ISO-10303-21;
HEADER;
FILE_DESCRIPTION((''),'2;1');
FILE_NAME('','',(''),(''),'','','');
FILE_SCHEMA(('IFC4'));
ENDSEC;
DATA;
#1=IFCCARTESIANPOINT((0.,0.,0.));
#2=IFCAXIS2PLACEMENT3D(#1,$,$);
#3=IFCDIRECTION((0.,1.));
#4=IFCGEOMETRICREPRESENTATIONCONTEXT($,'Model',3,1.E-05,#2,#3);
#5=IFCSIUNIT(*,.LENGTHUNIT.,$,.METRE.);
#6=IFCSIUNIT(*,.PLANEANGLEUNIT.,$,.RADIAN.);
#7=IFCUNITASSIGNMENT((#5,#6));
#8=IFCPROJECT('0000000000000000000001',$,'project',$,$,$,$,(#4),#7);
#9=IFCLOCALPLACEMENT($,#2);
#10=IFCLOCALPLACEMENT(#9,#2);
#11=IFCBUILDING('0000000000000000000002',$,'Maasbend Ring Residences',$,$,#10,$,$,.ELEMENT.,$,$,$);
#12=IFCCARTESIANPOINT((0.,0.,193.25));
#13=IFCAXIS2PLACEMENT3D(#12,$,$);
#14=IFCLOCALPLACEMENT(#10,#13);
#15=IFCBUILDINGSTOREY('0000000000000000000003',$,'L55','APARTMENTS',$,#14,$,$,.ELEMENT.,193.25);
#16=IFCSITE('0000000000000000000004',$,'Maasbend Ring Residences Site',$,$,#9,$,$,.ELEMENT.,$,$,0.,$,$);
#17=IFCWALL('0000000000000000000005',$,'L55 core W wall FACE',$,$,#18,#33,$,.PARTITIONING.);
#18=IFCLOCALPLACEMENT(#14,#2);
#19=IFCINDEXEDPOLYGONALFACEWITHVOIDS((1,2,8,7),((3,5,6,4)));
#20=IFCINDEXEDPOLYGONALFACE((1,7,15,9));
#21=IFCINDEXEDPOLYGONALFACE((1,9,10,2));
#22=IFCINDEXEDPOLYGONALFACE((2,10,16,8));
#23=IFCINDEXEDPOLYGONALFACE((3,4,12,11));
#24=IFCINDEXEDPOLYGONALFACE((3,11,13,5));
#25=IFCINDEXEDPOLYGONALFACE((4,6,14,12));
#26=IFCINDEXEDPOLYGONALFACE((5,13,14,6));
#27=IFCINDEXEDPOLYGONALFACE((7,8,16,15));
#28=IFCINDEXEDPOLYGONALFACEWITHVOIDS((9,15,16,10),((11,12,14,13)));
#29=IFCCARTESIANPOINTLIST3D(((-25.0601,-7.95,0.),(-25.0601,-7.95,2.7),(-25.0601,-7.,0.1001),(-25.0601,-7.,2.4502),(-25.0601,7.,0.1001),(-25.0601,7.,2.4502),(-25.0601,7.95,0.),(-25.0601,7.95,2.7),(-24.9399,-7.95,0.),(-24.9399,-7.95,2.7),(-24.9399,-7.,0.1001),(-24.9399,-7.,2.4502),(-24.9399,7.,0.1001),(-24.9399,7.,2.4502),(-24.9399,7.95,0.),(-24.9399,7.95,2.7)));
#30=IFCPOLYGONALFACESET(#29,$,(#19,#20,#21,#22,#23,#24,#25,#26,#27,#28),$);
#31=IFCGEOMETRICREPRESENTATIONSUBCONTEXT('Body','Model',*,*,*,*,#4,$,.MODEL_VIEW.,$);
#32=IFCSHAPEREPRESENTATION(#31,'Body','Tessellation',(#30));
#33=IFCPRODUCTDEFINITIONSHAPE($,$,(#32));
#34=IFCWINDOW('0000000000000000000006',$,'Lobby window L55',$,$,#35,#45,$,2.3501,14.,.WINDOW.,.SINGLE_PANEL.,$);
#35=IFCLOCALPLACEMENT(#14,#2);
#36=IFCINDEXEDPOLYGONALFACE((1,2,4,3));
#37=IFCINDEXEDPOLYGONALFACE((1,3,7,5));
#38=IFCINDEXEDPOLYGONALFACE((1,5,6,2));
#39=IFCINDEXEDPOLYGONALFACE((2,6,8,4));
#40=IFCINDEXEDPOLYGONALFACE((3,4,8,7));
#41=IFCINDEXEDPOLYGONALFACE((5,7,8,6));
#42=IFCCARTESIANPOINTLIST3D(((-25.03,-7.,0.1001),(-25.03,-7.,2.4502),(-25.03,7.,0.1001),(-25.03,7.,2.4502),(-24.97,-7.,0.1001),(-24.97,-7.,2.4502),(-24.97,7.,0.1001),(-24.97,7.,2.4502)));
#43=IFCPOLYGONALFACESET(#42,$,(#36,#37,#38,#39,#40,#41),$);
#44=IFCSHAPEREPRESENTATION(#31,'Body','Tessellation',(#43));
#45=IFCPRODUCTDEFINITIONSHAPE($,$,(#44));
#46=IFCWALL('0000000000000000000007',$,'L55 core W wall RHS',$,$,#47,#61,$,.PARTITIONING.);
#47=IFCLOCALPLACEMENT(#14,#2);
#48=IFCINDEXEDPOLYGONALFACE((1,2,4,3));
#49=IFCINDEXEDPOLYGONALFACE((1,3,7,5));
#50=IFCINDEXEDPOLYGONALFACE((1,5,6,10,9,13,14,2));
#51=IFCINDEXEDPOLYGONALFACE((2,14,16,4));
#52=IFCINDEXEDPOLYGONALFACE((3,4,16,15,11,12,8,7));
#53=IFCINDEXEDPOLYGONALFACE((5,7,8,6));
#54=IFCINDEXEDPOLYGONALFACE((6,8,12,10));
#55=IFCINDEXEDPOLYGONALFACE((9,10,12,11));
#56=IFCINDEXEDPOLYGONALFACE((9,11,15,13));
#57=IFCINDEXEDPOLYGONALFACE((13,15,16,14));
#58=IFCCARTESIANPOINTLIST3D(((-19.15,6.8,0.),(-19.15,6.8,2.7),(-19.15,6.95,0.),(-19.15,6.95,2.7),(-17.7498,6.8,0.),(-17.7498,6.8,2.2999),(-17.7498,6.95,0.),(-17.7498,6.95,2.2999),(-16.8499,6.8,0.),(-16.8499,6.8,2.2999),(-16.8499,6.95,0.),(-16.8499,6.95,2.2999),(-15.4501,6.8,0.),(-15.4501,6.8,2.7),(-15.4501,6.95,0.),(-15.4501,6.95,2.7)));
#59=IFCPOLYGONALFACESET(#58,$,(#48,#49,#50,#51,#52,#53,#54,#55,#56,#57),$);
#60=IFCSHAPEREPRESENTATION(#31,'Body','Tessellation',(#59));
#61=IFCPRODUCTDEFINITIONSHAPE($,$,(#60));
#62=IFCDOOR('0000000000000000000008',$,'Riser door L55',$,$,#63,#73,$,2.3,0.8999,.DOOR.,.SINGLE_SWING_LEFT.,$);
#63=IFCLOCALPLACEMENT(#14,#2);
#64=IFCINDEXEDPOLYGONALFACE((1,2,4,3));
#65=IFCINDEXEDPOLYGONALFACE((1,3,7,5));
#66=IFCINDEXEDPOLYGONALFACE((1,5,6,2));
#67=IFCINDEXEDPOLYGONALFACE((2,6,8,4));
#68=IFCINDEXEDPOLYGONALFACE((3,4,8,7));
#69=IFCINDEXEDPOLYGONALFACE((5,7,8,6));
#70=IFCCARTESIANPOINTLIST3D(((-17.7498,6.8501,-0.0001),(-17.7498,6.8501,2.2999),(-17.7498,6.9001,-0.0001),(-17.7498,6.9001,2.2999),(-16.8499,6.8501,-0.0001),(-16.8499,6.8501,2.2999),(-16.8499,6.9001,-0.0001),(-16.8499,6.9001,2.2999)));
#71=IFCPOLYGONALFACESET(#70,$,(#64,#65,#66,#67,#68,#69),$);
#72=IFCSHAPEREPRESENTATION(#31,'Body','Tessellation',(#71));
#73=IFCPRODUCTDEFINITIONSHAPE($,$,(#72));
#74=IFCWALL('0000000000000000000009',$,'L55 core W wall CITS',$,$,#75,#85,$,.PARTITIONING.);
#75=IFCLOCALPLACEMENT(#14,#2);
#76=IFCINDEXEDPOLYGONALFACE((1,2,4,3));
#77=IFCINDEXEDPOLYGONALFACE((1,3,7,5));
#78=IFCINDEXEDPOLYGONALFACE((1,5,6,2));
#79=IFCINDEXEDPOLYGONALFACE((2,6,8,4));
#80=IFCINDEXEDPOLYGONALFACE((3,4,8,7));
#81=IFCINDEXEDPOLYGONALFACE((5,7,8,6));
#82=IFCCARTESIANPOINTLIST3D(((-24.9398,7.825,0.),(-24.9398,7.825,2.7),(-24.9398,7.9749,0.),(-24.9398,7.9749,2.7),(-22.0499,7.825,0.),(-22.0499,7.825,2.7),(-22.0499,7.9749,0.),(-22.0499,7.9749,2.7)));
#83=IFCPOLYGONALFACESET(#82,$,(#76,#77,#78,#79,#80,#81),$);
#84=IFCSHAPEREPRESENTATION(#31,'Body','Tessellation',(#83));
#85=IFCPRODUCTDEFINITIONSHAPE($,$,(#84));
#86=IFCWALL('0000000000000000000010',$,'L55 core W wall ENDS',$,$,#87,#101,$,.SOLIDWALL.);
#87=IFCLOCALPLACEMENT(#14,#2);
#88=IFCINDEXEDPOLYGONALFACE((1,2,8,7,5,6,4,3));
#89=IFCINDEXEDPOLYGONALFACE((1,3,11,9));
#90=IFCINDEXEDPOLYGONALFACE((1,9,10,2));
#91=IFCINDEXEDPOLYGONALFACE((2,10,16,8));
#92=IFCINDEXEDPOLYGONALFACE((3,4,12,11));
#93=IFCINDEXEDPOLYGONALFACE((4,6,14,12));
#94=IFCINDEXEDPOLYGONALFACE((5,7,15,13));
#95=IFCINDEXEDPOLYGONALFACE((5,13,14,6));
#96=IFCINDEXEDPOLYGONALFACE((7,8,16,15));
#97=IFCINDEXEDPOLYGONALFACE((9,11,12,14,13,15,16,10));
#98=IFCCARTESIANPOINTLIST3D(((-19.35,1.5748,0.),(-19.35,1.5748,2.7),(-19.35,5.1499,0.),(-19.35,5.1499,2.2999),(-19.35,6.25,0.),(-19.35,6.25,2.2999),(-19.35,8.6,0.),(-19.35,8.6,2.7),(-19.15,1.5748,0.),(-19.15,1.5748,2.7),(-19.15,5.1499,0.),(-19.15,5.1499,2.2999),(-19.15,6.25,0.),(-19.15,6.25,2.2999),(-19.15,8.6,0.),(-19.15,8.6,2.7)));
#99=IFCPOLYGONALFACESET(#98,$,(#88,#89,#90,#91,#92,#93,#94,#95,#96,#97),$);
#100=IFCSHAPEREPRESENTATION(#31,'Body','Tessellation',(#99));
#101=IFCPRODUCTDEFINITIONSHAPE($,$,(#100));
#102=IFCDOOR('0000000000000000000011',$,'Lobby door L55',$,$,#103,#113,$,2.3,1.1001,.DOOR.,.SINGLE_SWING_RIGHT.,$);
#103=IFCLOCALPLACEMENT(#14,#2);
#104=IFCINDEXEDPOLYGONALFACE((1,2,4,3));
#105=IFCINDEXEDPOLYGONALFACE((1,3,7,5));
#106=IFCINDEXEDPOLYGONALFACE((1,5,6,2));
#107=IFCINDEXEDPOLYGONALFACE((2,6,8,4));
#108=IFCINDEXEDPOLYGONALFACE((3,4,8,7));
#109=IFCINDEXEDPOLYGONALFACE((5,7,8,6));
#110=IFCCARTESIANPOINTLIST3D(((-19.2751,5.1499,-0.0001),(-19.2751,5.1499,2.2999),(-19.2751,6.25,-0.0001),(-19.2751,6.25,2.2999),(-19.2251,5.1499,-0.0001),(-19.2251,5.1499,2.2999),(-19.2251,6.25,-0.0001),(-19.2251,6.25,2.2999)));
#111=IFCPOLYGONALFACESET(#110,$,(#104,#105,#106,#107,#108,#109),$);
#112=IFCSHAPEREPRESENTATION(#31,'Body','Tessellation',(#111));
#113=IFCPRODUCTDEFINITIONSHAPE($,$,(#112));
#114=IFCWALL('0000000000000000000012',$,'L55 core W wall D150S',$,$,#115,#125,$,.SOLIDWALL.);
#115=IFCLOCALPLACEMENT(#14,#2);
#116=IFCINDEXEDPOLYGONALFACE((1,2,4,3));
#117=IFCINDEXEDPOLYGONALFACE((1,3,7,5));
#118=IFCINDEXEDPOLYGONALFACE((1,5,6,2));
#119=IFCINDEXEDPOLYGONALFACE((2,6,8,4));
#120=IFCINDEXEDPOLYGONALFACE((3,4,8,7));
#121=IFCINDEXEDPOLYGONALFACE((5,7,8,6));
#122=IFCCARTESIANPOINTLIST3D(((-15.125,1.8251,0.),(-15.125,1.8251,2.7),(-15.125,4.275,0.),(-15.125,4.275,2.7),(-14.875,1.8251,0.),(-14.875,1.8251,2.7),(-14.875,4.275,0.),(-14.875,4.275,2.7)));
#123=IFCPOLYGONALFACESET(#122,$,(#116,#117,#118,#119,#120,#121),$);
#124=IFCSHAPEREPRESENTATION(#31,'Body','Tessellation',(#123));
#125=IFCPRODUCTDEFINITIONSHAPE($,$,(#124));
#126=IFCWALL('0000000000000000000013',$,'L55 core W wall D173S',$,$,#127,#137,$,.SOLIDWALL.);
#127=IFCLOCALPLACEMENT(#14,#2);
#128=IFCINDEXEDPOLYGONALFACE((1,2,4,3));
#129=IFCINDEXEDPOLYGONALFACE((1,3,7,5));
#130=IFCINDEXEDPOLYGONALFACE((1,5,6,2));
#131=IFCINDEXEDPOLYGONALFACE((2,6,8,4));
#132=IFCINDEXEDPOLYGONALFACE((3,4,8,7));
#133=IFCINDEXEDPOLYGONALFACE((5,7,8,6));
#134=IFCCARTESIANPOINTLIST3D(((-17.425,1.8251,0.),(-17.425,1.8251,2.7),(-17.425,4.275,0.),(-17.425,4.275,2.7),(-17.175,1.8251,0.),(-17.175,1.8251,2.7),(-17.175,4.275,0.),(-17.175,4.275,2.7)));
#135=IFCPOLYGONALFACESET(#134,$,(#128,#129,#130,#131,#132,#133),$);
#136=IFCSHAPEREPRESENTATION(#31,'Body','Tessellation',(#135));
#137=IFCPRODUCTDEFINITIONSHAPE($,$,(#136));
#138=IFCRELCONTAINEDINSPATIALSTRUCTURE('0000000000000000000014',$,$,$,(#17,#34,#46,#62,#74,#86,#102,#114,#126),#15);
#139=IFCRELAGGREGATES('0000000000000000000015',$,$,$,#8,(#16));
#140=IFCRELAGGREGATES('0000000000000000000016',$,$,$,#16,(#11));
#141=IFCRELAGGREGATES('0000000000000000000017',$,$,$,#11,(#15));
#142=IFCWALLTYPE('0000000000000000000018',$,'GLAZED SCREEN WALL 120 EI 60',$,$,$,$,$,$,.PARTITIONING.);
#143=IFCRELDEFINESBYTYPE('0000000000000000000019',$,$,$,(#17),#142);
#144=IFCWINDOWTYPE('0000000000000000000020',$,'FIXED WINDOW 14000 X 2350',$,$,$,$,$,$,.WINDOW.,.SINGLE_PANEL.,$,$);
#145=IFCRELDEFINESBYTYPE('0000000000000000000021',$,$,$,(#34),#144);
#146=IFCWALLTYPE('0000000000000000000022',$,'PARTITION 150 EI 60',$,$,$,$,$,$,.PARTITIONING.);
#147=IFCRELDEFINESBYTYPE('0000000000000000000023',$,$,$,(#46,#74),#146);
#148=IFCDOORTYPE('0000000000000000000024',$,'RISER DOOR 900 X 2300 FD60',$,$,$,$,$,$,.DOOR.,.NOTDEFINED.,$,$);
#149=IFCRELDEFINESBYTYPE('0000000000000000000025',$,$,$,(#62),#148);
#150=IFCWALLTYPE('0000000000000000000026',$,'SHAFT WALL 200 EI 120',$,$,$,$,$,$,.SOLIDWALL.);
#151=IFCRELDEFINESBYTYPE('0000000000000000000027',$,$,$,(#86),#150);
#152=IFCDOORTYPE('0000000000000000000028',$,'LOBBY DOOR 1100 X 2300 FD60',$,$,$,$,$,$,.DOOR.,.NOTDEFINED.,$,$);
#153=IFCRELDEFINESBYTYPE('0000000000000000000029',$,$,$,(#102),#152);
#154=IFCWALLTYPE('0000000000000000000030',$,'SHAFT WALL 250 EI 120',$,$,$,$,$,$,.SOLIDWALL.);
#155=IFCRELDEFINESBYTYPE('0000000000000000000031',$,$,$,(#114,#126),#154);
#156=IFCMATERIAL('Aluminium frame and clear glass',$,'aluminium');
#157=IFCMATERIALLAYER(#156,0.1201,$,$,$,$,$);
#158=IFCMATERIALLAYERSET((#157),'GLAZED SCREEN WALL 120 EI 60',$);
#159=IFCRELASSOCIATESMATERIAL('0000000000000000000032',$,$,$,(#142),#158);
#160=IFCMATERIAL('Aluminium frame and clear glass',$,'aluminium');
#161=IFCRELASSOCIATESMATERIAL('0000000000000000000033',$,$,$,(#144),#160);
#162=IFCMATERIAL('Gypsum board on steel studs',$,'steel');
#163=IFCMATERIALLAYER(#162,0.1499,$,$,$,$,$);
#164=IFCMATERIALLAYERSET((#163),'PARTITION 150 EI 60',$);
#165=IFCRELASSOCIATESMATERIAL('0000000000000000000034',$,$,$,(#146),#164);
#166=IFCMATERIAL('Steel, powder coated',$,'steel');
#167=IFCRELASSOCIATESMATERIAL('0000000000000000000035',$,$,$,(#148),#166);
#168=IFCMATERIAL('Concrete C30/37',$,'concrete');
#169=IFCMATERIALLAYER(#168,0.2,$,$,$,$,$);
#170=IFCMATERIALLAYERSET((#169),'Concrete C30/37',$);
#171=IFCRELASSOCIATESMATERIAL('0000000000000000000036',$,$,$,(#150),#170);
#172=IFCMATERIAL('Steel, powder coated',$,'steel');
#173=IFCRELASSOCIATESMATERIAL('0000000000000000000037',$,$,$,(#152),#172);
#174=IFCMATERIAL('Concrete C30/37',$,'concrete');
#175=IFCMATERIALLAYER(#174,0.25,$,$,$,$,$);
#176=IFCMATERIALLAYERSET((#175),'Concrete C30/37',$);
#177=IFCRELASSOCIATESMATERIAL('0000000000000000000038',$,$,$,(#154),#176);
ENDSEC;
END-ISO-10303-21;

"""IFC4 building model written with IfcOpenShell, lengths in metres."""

from ifc_helpers import new_model, si_unit, direction, frame, frame_2d, origin, place, context, subcontext, project, spatial, rectangle, extrude, material, layer, layer_set, type_object, element, fill, save


model = new_model("IFC4")

# Units and contexts
model_context = context("Model", 3, precision=1e-05, world=origin(), true_north=direction((0.0, 1.0)))
body_context = subcontext(model_context, "Body", "Model", "MODEL_VIEW")
ifc_project = project(units=[si_unit("LENGTHUNIT", "METRE"), si_unit("PLANEANGLEUNIT", "RADIAN")], contexts=[model_context])

# Site, building, storey
site_placement = place(None, origin())
site = spatial("IfcSite", under=ifc_project, at=site_placement, Name="Maasbend Ring Residences Site", CompositionType="ELEMENT", RefElevation=0.0)
building_placement = place(site_placement, origin())
building = spatial("IfcBuilding", under=site, at=building_placement, Name="Maasbend Ring Residences", CompositionType="ELEMENT")
storey_placement = place(building_placement, frame((0.0, 0.0, 193.25)))
storey = spatial("IfcBuildingStorey", under=building, at=storey_placement, Name="L55", Description="APARTMENTS", CompositionType="ELEMENT", Elevation=193.25)

# Wall, opening, window
ifc_material_1 = material(Name="Aluminium frame and clear glass", Category="aluminium")
ifc_layer_1 = layer(ifc_material_1, 0.1201)
ifc_layer_set_1 = layer_set([ifc_layer_1], Name="GLAZED SCREEN WALL 120 EI 60")
wall_type_1 = type_object("IfcWallType", Name="GLAZED SCREEN WALL 120 EI 60", PredefinedType="PARTITIONING", material=ifc_layer_set_1)
wall_1_placement = place(storey_placement, frame((-25.0, 7.95, 0.0), z_axis=(0.0, 0.0, 1.0), x_axis=(0.0, -1.0, 0.0)))
wall_1 = element("IfcWall", 1, at=wall_1_placement, inside=storey, type_object=wall_type_1, Name="L55 core W wall FACE", PredefinedType="PARTITIONING", context=body_context, shape_type="SweptSolid", body=[
    extrude(rectangle(XDim=15.8999, YDim=0.1201, at=frame_2d((7.95, 0.0))), origin(), (0.0, 0.0, 1.0), 2.7),
])
opening_1_placement = place(wall_1_placement, frame((0.95, 0.0, 0.1001)))
opening_1 = element("IfcOpeningElement", 2, at=opening_1_placement, cuts=wall_1, PredefinedType="OPENING", context=body_context, shape_type="SweptSolid", body=[
    extrude(rectangle(XDim=14.0, YDim=2.3501, at=frame_2d((7.0, 1.175))), frame((0.0, 0.0701, 0.0), z_axis=(0.0, -1.0, 0.0), x_axis=(1.0, 0.0, 0.0)), (0.0, 0.0, 1.0), 0.1401),
])
ifc_material_2 = material(Name="Aluminium frame and clear glass", Category="aluminium")
window_type = type_object("IfcWindowType", Name="FIXED WINDOW 14000 X 2350", PartitioningType="SINGLE_PANEL", PredefinedType="WINDOW", material=ifc_material_2)
window_placement = place(opening_1_placement, origin())
window = element("IfcWindow", 3, at=window_placement, inside=storey, type_object=window_type, Name="Lobby window L55", OverallHeight=2.3501, OverallWidth=14.0, PartitioningType="SINGLE_PANEL", PredefinedType="WINDOW", context=body_context, shape_type="SweptSolid", body=[
    extrude(rectangle(XDim=14.0, YDim=2.3501, at=frame_2d((7.0, 1.175))), frame((0.0, 0.03, 0.0), z_axis=(0.0, -1.0, 0.0), x_axis=(1.0, 0.0, 0.0)), (0.0, 0.0, 1.0), 0.0601),
])
fill(opening_1, window)

# Wall, opening, door
ifc_material_3 = material(Name="Gypsum board on steel studs", Category="steel")
ifc_layer_2 = layer(ifc_material_3, 0.1499)
ifc_layer_set_2 = layer_set([ifc_layer_2], Name="PARTITION 150 EI 60")
wall_type_2 = type_object("IfcWallType", Name="PARTITION 150 EI 60", PredefinedType="PARTITIONING", material=ifc_layer_set_2)
wall_2_placement = place(storey_placement, frame((-15.45, 6.875, 0.0), z_axis=(0.0, 0.0, 1.0), x_axis=(-1.0, 0.0, 0.0)))
wall_2 = element("IfcWall", 4, at=wall_2_placement, inside=storey, type_object=wall_type_2, Name="L55 core W wall RHS", PredefinedType="PARTITIONING", context=body_context, shape_type="SweptSolid", body=[
    extrude(rectangle(XDim=3.7, YDim=0.1499, at=frame_2d((1.8501, 0.0))), origin(), (0.0, 0.0, 1.0), 2.7),
])
opening_2_placement = place(wall_2_placement, frame((1.3999, 0.0, 0.0)))
opening_2 = element("IfcOpeningElement", 5, at=opening_2_placement, cuts=wall_2, PredefinedType="OPENING", context=body_context, shape_type="SweptSolid", body=[
    extrude(rectangle(XDim=0.8999, YDim=2.3, at=frame_2d((0.45, 1.1499))), frame((0.0, 0.085, 0.0), z_axis=(0.0, -1.0, 0.0), x_axis=(1.0, 0.0, 0.0)), (0.0, 0.0, 1.0), 0.1699),
])
ifc_material_4 = material(Name="Steel, powder coated", Category="steel")
door_type_1 = type_object("IfcDoorType", Name="RISER DOOR 900 X 2300 FD60", OperationType="NOTDEFINED", PredefinedType="DOOR", material=ifc_material_4)
door_1_placement = place(opening_2_placement, origin())
door_1 = element("IfcDoor", 6, at=door_1_placement, inside=storey, type_object=door_type_1, Name="Riser door L55", OperationType="SINGLE_SWING_LEFT", OverallHeight=2.3, OverallWidth=0.8999, PredefinedType="DOOR", context=body_context, shape_type="SweptSolid", body=[
    extrude(rectangle(XDim=0.8999, YDim=2.3, at=frame_2d((0.45, 1.1499))), frame((0.0, 0.0249, 0.0), z_axis=(0.0, -1.0, 0.0), x_axis=(1.0, 0.0, 0.0)), (0.0, 0.0, 1.0), 0.05),
])
fill(opening_2, door_1)

# Wall
wall_3_placement = place(storey_placement, frame((-22.05, 7.8999, 0.0), z_axis=(0.0, 0.0, 1.0), x_axis=(-1.0, 0.0, 0.0)))
element("IfcWall", 7, at=wall_3_placement, inside=storey, type_object=wall_type_2, Name="L55 core W wall CITS", PredefinedType="PARTITIONING", context=body_context, shape_type="SweptSolid", body=[
    extrude(rectangle(XDim=2.8899, YDim=0.1499, at=frame_2d((1.4448, 0.0))), origin(), (0.0, 0.0, 1.0), 2.7),
])

# Wall, opening, door
ifc_material_5 = material(Name="Concrete C30/37", Category="concrete")
ifc_layer_3 = layer(ifc_material_5, 0.2)
ifc_layer_set_3 = layer_set([ifc_layer_3], Name="Concrete C30/37")
wall_type_3 = type_object("IfcWallType", Name="SHAFT WALL 200 EI 120", PredefinedType="SOLIDWALL", material=ifc_layer_set_3)
wall_4_placement = place(storey_placement, frame((-19.25, 8.6001, 0.0), z_axis=(0.0, 0.0, 1.0), x_axis=(0.0, -1.0, 0.0)))
wall_4 = element("IfcWall", 8, at=wall_4_placement, inside=storey, type_object=wall_type_3, Name="L55 core W wall ENDS", PredefinedType="SOLIDWALL", context=body_context, shape_type="SweptSolid", body=[
    extrude(rectangle(XDim=7.0251, YDim=0.2, at=frame_2d((3.5127, 0.0))), origin(), (0.0, 0.0, 1.0), 2.7),
])
opening_3_placement = place(wall_4_placement, frame((2.3501, 0.0, 0.0)))
opening_3 = element("IfcOpeningElement", 9, at=opening_3_placement, cuts=wall_4, PredefinedType="OPENING", context=body_context, shape_type="SweptSolid", body=[
    extrude(rectangle(XDim=1.1001, YDim=2.3, at=frame_2d((0.55, 1.1499))), frame((0.0, 0.1099, 0.0), z_axis=(0.0, -1.0, 0.0), x_axis=(1.0, 0.0, 0.0)), (0.0, 0.0, 1.0), 0.22),
])
ifc_material_6 = material(Name="Steel, powder coated", Category="steel")
door_type_2 = type_object("IfcDoorType", Name="LOBBY DOOR 1100 X 2300 FD60", OperationType="NOTDEFINED", PredefinedType="DOOR", material=ifc_material_6)
door_2_placement = place(opening_3_placement, origin())
door_2 = element("IfcDoor", 10, at=door_2_placement, inside=storey, type_object=door_type_2, Name="Lobby door L55", OperationType="SINGLE_SWING_RIGHT", OverallHeight=2.3, OverallWidth=1.1001, PredefinedType="DOOR", context=body_context, shape_type="SweptSolid", body=[
    extrude(rectangle(XDim=1.1001, YDim=2.3, at=frame_2d((0.55, 1.1499))), frame((0.0, 0.0249, 0.0), z_axis=(0.0, -1.0, 0.0), x_axis=(1.0, 0.0, 0.0)), (0.0, 0.0, 1.0), 0.05),
])
fill(opening_3, door_2)

# Walls
ifc_material_7 = material(Name="Concrete C30/37", Category="concrete")
ifc_layer_4 = layer(ifc_material_7, 0.25)
ifc_layer_set_4 = layer_set([ifc_layer_4], Name="Concrete C30/37")
wall_type_4 = type_object("IfcWallType", Name="SHAFT WALL 250 EI 120", PredefinedType="SOLIDWALL", material=ifc_layer_set_4)
for number, where, z_axis, x_axis, name in (
    (11, (-15.0, 1.825, 0.0), (0.0, 0.0, 1.0), (0.0, 1.0, 0.0), "L55 core W wall D150S"),
    (12, (-17.3, 1.825, 0.0), (0.0, 0.0, 1.0), (0.0, 1.0, 0.0), "L55 core W wall D173S"),
):
    element("IfcWall", number, at=place(storey_placement, frame(where, z_axis=z_axis, x_axis=x_axis)), inside=storey, type_object=wall_type_4, Name=name, PredefinedType="SOLIDWALL", context=body_context, shape_type="SweptSolid", body=[
        extrude(rectangle(XDim=2.45, YDim=0.25, at=frame_2d((1.2251, 0.0))), origin(), (0.0, 0.0, 1.0), 2.7),
    ])

save(model, "model.ifc")
